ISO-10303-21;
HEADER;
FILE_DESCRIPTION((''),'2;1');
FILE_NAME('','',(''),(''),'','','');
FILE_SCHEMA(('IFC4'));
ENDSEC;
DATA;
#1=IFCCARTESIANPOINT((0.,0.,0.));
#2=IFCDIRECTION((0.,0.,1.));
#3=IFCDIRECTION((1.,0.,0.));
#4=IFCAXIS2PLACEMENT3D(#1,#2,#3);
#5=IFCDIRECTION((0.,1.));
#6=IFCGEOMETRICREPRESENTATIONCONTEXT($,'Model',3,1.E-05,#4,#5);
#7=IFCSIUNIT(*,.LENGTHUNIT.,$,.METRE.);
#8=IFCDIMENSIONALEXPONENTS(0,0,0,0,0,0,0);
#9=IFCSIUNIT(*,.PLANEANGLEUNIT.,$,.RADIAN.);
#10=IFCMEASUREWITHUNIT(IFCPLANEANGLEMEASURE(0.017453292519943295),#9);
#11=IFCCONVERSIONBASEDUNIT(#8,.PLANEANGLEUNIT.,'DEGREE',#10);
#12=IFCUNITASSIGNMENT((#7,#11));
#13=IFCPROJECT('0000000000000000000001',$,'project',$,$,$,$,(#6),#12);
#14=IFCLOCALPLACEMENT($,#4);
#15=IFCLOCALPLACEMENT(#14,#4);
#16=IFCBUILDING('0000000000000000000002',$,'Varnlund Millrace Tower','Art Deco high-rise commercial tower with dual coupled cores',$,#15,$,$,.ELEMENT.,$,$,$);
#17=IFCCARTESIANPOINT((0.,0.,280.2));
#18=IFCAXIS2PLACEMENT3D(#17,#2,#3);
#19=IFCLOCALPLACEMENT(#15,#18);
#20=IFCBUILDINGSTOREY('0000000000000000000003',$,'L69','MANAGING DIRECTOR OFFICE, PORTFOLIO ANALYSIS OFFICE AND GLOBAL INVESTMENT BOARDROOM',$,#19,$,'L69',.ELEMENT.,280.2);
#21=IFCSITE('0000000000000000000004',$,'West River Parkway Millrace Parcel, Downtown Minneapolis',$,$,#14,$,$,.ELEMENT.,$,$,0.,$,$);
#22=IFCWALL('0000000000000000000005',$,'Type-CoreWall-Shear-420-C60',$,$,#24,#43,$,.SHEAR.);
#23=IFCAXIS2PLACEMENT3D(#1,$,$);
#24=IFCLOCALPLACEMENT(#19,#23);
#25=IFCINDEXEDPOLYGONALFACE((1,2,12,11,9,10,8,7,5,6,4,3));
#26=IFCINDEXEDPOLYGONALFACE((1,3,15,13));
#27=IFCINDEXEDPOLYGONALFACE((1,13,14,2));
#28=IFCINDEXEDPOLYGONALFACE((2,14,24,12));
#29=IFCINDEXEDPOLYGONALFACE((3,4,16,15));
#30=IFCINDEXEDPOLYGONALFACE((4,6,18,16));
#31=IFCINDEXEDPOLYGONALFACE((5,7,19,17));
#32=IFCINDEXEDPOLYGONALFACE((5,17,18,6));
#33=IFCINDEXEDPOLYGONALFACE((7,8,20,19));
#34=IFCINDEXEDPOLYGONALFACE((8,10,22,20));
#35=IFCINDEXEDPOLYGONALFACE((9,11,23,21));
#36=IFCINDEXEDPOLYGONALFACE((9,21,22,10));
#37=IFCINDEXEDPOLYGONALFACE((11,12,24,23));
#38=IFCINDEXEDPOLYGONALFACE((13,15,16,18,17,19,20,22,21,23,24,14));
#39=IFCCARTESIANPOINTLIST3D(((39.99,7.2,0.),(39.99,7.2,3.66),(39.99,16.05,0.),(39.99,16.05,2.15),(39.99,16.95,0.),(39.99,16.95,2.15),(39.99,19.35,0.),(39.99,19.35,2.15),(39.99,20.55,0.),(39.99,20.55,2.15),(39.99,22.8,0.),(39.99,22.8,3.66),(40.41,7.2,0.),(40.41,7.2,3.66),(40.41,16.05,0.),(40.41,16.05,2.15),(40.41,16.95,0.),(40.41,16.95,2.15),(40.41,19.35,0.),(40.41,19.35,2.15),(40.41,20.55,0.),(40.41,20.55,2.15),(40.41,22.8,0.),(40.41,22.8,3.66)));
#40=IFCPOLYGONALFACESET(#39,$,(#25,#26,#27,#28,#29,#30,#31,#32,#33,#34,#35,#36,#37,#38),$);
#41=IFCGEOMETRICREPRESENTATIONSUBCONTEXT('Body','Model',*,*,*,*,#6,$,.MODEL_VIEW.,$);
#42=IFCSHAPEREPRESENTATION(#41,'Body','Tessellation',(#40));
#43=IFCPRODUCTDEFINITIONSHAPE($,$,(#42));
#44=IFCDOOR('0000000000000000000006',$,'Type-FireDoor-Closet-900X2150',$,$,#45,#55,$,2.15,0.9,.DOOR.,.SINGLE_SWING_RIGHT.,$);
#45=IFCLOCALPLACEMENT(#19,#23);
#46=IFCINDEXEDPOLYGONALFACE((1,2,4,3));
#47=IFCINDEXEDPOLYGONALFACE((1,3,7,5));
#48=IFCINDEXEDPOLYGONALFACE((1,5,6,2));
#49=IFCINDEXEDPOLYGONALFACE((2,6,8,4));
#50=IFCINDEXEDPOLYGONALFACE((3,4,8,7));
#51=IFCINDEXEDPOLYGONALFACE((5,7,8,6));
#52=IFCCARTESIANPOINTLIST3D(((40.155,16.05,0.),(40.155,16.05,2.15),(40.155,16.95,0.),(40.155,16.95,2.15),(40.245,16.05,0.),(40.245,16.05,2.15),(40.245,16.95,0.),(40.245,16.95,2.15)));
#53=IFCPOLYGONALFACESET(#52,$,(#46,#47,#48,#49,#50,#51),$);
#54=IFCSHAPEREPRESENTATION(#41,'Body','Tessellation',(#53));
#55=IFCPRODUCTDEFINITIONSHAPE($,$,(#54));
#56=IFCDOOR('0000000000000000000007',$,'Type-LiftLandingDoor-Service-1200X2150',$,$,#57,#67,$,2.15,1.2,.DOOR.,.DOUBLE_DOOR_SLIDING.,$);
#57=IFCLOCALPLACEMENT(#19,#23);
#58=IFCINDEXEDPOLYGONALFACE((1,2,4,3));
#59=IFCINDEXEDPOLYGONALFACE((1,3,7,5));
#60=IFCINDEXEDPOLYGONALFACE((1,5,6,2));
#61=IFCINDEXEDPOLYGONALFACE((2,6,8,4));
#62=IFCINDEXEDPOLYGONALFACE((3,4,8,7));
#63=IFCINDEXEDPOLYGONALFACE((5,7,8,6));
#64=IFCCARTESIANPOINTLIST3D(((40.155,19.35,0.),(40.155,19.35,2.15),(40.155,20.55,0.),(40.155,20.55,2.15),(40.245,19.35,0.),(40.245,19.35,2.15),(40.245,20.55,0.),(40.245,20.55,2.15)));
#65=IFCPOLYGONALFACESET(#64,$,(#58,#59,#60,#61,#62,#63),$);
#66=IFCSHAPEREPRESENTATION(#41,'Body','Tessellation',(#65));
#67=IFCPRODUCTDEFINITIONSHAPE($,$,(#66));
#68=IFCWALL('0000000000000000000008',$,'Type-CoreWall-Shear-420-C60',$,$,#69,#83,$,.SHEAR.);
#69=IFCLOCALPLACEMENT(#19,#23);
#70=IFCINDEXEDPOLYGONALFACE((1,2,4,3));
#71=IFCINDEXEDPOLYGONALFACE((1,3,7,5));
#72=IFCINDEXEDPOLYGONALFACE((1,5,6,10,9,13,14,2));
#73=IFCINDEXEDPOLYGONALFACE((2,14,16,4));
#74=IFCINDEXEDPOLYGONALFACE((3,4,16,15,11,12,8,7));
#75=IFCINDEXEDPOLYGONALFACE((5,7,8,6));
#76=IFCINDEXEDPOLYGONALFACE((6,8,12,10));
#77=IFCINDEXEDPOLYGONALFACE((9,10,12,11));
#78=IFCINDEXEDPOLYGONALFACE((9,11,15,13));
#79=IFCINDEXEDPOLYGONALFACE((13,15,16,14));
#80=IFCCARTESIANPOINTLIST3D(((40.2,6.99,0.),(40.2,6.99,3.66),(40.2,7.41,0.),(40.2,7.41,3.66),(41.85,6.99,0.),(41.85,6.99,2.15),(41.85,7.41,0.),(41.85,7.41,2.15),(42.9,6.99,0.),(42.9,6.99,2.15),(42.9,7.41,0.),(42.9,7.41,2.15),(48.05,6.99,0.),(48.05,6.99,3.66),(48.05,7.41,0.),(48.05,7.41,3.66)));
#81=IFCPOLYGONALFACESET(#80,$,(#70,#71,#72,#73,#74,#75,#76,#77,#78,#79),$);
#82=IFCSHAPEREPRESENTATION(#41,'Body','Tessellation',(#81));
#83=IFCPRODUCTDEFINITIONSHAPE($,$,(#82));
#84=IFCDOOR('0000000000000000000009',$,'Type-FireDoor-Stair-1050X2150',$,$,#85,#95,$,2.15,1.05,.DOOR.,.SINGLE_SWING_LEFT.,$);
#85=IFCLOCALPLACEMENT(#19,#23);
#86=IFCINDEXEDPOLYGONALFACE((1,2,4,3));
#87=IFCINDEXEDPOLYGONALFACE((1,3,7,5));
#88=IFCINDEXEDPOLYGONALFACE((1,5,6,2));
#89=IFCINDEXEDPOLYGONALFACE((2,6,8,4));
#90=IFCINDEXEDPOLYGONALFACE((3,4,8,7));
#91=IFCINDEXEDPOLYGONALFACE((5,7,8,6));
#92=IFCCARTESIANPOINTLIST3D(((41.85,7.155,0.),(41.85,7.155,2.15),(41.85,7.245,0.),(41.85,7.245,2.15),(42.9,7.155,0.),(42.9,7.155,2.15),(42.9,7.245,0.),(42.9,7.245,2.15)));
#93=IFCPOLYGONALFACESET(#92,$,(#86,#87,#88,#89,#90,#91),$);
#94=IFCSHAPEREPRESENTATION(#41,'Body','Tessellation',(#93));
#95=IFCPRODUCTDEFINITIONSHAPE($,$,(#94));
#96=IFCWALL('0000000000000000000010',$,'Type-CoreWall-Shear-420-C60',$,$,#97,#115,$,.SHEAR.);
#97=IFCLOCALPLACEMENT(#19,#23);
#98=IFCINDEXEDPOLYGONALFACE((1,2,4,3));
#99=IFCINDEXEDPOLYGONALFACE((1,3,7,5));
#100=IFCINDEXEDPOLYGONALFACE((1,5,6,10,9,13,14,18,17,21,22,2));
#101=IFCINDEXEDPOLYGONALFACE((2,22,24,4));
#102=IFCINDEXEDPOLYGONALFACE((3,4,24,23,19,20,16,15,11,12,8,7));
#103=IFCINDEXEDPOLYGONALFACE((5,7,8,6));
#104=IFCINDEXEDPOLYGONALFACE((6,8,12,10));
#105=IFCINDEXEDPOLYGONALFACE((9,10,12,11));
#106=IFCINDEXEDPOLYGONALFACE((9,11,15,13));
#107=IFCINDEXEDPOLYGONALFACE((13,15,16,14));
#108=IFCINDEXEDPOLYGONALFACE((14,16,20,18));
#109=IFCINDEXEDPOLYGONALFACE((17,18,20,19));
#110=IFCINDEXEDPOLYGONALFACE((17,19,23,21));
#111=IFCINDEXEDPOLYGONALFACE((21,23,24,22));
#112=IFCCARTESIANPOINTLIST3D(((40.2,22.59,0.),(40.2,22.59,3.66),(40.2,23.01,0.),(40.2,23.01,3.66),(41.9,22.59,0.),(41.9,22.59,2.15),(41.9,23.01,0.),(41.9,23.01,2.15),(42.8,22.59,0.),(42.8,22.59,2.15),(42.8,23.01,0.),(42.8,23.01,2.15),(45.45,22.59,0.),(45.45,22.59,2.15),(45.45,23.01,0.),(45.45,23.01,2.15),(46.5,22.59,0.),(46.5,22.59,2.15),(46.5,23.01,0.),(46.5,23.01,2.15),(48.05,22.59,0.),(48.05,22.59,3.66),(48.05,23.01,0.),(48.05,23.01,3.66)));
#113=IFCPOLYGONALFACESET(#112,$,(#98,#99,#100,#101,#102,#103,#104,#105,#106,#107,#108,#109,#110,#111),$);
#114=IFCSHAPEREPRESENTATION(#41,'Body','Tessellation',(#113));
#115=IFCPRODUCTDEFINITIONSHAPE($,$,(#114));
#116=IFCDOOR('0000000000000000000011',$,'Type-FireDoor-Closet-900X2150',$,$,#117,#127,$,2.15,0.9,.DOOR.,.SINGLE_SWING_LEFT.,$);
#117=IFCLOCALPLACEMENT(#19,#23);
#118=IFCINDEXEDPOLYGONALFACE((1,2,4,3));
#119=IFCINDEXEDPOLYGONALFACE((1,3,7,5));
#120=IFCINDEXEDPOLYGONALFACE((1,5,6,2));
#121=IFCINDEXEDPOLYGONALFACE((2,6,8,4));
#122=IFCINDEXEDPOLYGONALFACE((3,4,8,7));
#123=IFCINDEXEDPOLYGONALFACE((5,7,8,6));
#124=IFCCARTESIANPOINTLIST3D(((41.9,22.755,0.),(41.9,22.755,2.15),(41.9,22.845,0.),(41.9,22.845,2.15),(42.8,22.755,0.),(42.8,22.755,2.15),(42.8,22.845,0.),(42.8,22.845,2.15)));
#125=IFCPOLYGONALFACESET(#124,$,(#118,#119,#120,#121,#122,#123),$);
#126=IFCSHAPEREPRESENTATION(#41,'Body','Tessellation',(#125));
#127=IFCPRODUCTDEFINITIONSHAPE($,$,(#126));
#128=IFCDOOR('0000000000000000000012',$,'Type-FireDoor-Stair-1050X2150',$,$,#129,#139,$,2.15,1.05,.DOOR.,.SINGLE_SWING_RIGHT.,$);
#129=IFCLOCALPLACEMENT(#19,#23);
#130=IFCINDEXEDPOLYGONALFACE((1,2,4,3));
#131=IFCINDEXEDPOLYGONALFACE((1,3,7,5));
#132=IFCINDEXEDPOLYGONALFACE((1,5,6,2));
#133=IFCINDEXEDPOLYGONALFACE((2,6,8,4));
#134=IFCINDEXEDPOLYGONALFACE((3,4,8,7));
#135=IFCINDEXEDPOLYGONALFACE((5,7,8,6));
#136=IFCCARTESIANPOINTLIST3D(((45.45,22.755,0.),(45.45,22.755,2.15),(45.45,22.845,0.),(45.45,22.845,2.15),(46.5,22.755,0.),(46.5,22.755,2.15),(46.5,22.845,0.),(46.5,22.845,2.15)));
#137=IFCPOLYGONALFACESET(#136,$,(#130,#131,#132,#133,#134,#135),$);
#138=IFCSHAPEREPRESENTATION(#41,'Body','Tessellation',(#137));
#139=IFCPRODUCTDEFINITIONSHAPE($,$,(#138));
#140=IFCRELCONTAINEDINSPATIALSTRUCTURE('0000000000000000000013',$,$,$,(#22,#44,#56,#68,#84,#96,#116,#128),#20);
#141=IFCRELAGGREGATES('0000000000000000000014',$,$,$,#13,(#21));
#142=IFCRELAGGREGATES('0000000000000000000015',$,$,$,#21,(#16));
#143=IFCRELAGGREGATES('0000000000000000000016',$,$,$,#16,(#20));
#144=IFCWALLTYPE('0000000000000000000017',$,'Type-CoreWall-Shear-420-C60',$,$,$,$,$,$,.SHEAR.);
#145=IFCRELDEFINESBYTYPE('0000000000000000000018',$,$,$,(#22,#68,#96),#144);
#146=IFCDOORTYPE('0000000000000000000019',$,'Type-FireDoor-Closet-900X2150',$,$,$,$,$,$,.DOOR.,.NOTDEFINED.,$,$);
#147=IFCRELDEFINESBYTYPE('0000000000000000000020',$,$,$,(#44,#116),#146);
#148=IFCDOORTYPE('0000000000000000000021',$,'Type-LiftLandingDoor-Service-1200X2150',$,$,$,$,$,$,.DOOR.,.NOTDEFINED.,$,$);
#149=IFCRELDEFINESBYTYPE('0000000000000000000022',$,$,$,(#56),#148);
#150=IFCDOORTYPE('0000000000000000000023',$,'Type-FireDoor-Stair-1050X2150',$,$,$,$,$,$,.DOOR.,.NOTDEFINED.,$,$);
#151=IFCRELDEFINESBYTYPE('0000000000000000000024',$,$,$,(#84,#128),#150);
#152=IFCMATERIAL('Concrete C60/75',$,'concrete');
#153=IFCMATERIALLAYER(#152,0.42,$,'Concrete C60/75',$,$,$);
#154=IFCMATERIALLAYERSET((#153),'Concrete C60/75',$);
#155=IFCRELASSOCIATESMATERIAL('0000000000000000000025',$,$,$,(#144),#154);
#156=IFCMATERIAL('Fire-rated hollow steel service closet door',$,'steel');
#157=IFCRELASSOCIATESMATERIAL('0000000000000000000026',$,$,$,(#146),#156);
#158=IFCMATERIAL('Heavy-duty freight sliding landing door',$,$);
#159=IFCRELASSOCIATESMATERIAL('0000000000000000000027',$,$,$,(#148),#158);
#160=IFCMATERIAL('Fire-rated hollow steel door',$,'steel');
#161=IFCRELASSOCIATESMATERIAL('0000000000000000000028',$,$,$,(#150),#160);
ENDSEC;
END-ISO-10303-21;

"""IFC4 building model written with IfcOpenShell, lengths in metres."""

from ifc_helpers import new_model, entity, si_unit, converted_unit, direction, frame, origin_with_axes, origin_2d_with_axis, place, context, subcontext, project, spatial, polyline, rectangle, outline, extrude, material, layer, layer_set, type_object, element, fill, save


model = new_model("IFC4")

# Units and contexts
model_context = context("Model", 3, precision=1e-05, world=origin_with_axes(), true_north=direction((0.0, 1.0)))
body_context = subcontext(model_context, "Body", "Model", "MODEL_VIEW")
ifc_project = project(units=[si_unit("LENGTHUNIT", "METRE"), converted_unit("PLANEANGLEUNIT", "DEGREE", entity("IfcPlaneAngleMeasure", 0.017453292519943295), si_unit("PLANEANGLEUNIT", "RADIAN"), dimensions=[0, 0, 0, 0, 0, 0, 0])], contexts=[model_context])

# Site, building, storey
site_placement = place(None, origin_with_axes())
site = spatial("IfcSite", under=ifc_project, at=site_placement, Name="West River Parkway Millrace Parcel, Downtown Minneapolis", CompositionType="ELEMENT", RefElevation=0.0)
building_placement = place(site_placement, origin_with_axes())
building = spatial("IfcBuilding", under=site, at=building_placement, Name="Varnlund Millrace Tower", Description="Art Deco high-rise commercial tower with dual coupled cores", CompositionType="ELEMENT")
storey_placement = place(building_placement, frame((0.0, 0.0, 280.2), z_axis=(0.0, 0.0, 1.0), x_axis=(1.0, 0.0, 0.0)))
storey = spatial("IfcBuildingStorey", under=building, at=storey_placement, Name="L69", Description="MANAGING DIRECTOR OFFICE, PORTFOLIO ANALYSIS OFFICE AND GLOBAL INVESTMENT BOARDROOM", LongName="L69", CompositionType="ELEMENT", Elevation=280.2)

# Wall, openings, doors
ifc_material_1 = material(Name="Concrete C60/75", Category="concrete")
ifc_layer_1 = layer(ifc_material_1, 0.42, Name="Concrete C60/75")
ifc_layer_set_1 = layer_set([ifc_layer_1], Name="Concrete C60/75")
wall_type_1 = type_object("IfcWallType", Name="Type-CoreWall-Shear-420-C60", PredefinedType="SHEAR", material=ifc_layer_set_1)
wall_1_placement = place(storey_placement, frame((40.2, 7.2, 0.0), z_axis=(0.0, 0.0, 1.0), x_axis=(0.0, 1.0, 0.0)))
wall_1 = element("IfcWall", 1, at=wall_1_placement, inside=storey, type_object=wall_type_1, Name="Type-CoreWall-Shear-420-C60", PredefinedType="SHEAR", context=body_context, shape_type="SweptSolid", body=[
    extrude(outline(polyline([(0.0, -0.21), (15.6, -0.21), (15.6, 0.21), (0.0, 0.21), (0.0, -0.21)])), origin_with_axes(), (0.0, 0.0, 1.0), 3.66),
])
opening_1_placement = place(wall_1_placement, frame((12.75, 0.0, 0.0), z_axis=(0.0, 0.0, 1.0), x_axis=(1.0, 0.0, 0.0)))
opening_1 = element("IfcOpeningElement", 2, at=opening_1_placement, cuts=wall_1, PredefinedType="OPENING", context=body_context, shape_type="SweptSolid", body=[
    extrude(rectangle(XDim=1.2, YDim=0.44, at=origin_2d_with_axis()), origin_with_axes(), (0.0, 0.0, 1.0), 2.15),
])
opening_2_placement = place(wall_1_placement, frame((9.3, 0.0, 0.0), z_axis=(0.0, 0.0, 1.0), x_axis=(1.0, 0.0, 0.0)))
opening_2 = element("IfcOpeningElement", 3, at=opening_2_placement, cuts=wall_1, PredefinedType="OPENING", context=body_context, shape_type="SweptSolid", body=[
    extrude(rectangle(XDim=0.9, YDim=0.44, at=origin_2d_with_axis()), origin_with_axes(), (0.0, 0.0, 1.0), 2.15),
])
ifc_material_2 = material(Name="Fire-rated hollow steel service closet door", Category="steel")
door_type_1 = type_object("IfcDoorType", Name="Type-FireDoor-Closet-900X2150", OperationType="NOTDEFINED", PredefinedType="DOOR", material=ifc_material_2)
door_1_placement = place(wall_1_placement, frame((9.3, 0.0, 0.0), z_axis=(0.0, 0.0, 1.0), x_axis=(1.0, 0.0, 0.0)))
door_1 = element("IfcDoor", 4, at=door_1_placement, inside=storey, type_object=door_type_1, Name="Type-FireDoor-Closet-900X2150", OperationType="SINGLE_SWING_RIGHT", OverallHeight=2.15, OverallWidth=0.9, PredefinedType="DOOR", context=body_context, shape_type="SweptSolid", body=[
    extrude(rectangle(XDim=0.9, YDim=0.09, at=origin_2d_with_axis()), origin_with_axes(), (0.0, 0.0, 1.0), 2.15),
])
fill(opening_2, door_1)
ifc_material_3 = material(Name="Heavy-duty freight sliding landing door")
door_type_2 = type_object("IfcDoorType", Name="Type-LiftLandingDoor-Service-1200X2150", OperationType="NOTDEFINED", PredefinedType="DOOR", material=ifc_material_3)
door_2_placement = place(wall_1_placement, frame((12.75, 0.0, 0.0), z_axis=(0.0, 0.0, 1.0), x_axis=(1.0, 0.0, 0.0)))
door_2 = element("IfcDoor", 5, at=door_2_placement, inside=storey, type_object=door_type_2, Name="Type-LiftLandingDoor-Service-1200X2150", OperationType="DOUBLE_DOOR_SLIDING", OverallHeight=2.15, OverallWidth=1.2, PredefinedType="DOOR", context=body_context, shape_type="SweptSolid", body=[
    extrude(rectangle(XDim=1.2, YDim=0.09, at=origin_2d_with_axis()), origin_with_axes(), (0.0, 0.0, 1.0), 2.15),
])
fill(opening_1, door_2)

# Wall, opening, door
wall_2_placement = place(storey_placement, frame((40.2, 7.2, 0.0), z_axis=(0.0, 0.0, 1.0), x_axis=(1.0, 0.0, 0.0)))
wall_2 = element("IfcWall", 6, at=wall_2_placement, inside=storey, type_object=wall_type_1, Name="Type-CoreWall-Shear-420-C60", PredefinedType="SHEAR", context=body_context, shape_type="SweptSolid", body=[
    extrude(outline(polyline([(0.0, -0.21), (7.85, -0.21), (7.85, 0.21), (0.0, 0.21), (0.0, -0.21)])), origin_with_axes(), (0.0, 0.0, 1.0), 3.66),
])
opening_3_placement = place(wall_2_placement, frame((2.175, 0.0, 0.0), z_axis=(0.0, 0.0, 1.0), x_axis=(1.0, 0.0, 0.0)))
opening_3 = element("IfcOpeningElement", 7, at=opening_3_placement, cuts=wall_2, PredefinedType="OPENING", context=body_context, shape_type="SweptSolid", body=[
    extrude(rectangle(XDim=1.05, YDim=0.44, at=origin_2d_with_axis()), origin_with_axes(), (0.0, 0.0, 1.0), 2.15),
])
ifc_material_4 = material(Name="Fire-rated hollow steel door", Category="steel")
door_type_3 = type_object("IfcDoorType", Name="Type-FireDoor-Stair-1050X2150", OperationType="NOTDEFINED", PredefinedType="DOOR", material=ifc_material_4)
door_3_placement = place(wall_2_placement, frame((2.175, 0.0, 0.0), z_axis=(0.0, 0.0, 1.0), x_axis=(1.0, 0.0, 0.0)))
door_3 = element("IfcDoor", 8, at=door_3_placement, inside=storey, type_object=door_type_3, Name="Type-FireDoor-Stair-1050X2150", OperationType="SINGLE_SWING_LEFT", OverallHeight=2.15, OverallWidth=1.05, PredefinedType="DOOR", context=body_context, shape_type="SweptSolid", body=[
    extrude(rectangle(XDim=1.05, YDim=0.09, at=origin_2d_with_axis()), origin_with_axes(), (0.0, 0.0, 1.0), 2.15),
])
fill(opening_3, door_3)

# Wall, openings, doors
wall_3_placement = place(storey_placement, frame((40.2, 22.8, 0.0), z_axis=(0.0, 0.0, 1.0), x_axis=(1.0, 0.0, 0.0)))
wall_3 = element("IfcWall", 9, at=wall_3_placement, inside=storey, type_object=wall_type_1, Name="Type-CoreWall-Shear-420-C60", PredefinedType="SHEAR", context=body_context, shape_type="SweptSolid", body=[
    extrude(outline(polyline([(0.0, -0.21), (7.85, -0.21), (7.85, 0.21), (0.0, 0.21), (0.0, -0.21)])), origin_with_axes(), (0.0, 0.0, 1.0), 3.66),
])
opening_4_placement = place(wall_3_placement, frame((5.775, 0.0, 0.0), z_axis=(0.0, 0.0, 1.0), x_axis=(1.0, 0.0, 0.0)))
opening_4 = element("IfcOpeningElement", 10, at=opening_4_placement, cuts=wall_3, PredefinedType="OPENING", context=body_context, shape_type="SweptSolid", body=[
    extrude(rectangle(XDim=1.05, YDim=0.44, at=origin_2d_with_axis()), origin_with_axes(), (0.0, 0.0, 1.0), 2.15),
])
opening_5_placement = place(wall_3_placement, frame((2.15, 0.0, 0.0), z_axis=(0.0, 0.0, 1.0), x_axis=(1.0, 0.0, 0.0)))
opening_5 = element("IfcOpeningElement", 11, at=opening_5_placement, cuts=wall_3, PredefinedType="OPENING", context=body_context, shape_type="SweptSolid", body=[
    extrude(rectangle(XDim=0.9, YDim=0.44, at=origin_2d_with_axis()), origin_with_axes(), (0.0, 0.0, 1.0), 2.15),
])
door_4_placement = place(wall_3_placement, frame((2.15, 0.0, 0.0), z_axis=(0.0, 0.0, 1.0), x_axis=(1.0, 0.0, 0.0)))
door_4 = element("IfcDoor", 12, at=door_4_placement, inside=storey, type_object=door_type_1, Name="Type-FireDoor-Closet-900X2150", OperationType="SINGLE_SWING_LEFT", OverallHeight=2.15, OverallWidth=0.9, PredefinedType="DOOR", context=body_context, shape_type="SweptSolid", body=[
    extrude(rectangle(XDim=0.9, YDim=0.09, at=origin_2d_with_axis()), origin_with_axes(), (0.0, 0.0, 1.0), 2.15),
])
fill(opening_5, door_4)
door_5_placement = place(wall_3_placement, frame((5.775, 0.0, 0.0), z_axis=(0.0, 0.0, 1.0), x_axis=(1.0, 0.0, 0.0)))
door_5 = element("IfcDoor", 13, at=door_5_placement, inside=storey, type_object=door_type_3, Name="Type-FireDoor-Stair-1050X2150", OperationType="SINGLE_SWING_RIGHT", OverallHeight=2.15, OverallWidth=1.05, PredefinedType="DOOR", context=body_context, shape_type="SweptSolid", body=[
    extrude(rectangle(XDim=1.05, YDim=0.09, at=origin_2d_with_axis()), origin_with_axes(), (0.0, 0.0, 1.0), 2.15),
])
fill(opening_4, door_5)

save(model, "model.ifc")
